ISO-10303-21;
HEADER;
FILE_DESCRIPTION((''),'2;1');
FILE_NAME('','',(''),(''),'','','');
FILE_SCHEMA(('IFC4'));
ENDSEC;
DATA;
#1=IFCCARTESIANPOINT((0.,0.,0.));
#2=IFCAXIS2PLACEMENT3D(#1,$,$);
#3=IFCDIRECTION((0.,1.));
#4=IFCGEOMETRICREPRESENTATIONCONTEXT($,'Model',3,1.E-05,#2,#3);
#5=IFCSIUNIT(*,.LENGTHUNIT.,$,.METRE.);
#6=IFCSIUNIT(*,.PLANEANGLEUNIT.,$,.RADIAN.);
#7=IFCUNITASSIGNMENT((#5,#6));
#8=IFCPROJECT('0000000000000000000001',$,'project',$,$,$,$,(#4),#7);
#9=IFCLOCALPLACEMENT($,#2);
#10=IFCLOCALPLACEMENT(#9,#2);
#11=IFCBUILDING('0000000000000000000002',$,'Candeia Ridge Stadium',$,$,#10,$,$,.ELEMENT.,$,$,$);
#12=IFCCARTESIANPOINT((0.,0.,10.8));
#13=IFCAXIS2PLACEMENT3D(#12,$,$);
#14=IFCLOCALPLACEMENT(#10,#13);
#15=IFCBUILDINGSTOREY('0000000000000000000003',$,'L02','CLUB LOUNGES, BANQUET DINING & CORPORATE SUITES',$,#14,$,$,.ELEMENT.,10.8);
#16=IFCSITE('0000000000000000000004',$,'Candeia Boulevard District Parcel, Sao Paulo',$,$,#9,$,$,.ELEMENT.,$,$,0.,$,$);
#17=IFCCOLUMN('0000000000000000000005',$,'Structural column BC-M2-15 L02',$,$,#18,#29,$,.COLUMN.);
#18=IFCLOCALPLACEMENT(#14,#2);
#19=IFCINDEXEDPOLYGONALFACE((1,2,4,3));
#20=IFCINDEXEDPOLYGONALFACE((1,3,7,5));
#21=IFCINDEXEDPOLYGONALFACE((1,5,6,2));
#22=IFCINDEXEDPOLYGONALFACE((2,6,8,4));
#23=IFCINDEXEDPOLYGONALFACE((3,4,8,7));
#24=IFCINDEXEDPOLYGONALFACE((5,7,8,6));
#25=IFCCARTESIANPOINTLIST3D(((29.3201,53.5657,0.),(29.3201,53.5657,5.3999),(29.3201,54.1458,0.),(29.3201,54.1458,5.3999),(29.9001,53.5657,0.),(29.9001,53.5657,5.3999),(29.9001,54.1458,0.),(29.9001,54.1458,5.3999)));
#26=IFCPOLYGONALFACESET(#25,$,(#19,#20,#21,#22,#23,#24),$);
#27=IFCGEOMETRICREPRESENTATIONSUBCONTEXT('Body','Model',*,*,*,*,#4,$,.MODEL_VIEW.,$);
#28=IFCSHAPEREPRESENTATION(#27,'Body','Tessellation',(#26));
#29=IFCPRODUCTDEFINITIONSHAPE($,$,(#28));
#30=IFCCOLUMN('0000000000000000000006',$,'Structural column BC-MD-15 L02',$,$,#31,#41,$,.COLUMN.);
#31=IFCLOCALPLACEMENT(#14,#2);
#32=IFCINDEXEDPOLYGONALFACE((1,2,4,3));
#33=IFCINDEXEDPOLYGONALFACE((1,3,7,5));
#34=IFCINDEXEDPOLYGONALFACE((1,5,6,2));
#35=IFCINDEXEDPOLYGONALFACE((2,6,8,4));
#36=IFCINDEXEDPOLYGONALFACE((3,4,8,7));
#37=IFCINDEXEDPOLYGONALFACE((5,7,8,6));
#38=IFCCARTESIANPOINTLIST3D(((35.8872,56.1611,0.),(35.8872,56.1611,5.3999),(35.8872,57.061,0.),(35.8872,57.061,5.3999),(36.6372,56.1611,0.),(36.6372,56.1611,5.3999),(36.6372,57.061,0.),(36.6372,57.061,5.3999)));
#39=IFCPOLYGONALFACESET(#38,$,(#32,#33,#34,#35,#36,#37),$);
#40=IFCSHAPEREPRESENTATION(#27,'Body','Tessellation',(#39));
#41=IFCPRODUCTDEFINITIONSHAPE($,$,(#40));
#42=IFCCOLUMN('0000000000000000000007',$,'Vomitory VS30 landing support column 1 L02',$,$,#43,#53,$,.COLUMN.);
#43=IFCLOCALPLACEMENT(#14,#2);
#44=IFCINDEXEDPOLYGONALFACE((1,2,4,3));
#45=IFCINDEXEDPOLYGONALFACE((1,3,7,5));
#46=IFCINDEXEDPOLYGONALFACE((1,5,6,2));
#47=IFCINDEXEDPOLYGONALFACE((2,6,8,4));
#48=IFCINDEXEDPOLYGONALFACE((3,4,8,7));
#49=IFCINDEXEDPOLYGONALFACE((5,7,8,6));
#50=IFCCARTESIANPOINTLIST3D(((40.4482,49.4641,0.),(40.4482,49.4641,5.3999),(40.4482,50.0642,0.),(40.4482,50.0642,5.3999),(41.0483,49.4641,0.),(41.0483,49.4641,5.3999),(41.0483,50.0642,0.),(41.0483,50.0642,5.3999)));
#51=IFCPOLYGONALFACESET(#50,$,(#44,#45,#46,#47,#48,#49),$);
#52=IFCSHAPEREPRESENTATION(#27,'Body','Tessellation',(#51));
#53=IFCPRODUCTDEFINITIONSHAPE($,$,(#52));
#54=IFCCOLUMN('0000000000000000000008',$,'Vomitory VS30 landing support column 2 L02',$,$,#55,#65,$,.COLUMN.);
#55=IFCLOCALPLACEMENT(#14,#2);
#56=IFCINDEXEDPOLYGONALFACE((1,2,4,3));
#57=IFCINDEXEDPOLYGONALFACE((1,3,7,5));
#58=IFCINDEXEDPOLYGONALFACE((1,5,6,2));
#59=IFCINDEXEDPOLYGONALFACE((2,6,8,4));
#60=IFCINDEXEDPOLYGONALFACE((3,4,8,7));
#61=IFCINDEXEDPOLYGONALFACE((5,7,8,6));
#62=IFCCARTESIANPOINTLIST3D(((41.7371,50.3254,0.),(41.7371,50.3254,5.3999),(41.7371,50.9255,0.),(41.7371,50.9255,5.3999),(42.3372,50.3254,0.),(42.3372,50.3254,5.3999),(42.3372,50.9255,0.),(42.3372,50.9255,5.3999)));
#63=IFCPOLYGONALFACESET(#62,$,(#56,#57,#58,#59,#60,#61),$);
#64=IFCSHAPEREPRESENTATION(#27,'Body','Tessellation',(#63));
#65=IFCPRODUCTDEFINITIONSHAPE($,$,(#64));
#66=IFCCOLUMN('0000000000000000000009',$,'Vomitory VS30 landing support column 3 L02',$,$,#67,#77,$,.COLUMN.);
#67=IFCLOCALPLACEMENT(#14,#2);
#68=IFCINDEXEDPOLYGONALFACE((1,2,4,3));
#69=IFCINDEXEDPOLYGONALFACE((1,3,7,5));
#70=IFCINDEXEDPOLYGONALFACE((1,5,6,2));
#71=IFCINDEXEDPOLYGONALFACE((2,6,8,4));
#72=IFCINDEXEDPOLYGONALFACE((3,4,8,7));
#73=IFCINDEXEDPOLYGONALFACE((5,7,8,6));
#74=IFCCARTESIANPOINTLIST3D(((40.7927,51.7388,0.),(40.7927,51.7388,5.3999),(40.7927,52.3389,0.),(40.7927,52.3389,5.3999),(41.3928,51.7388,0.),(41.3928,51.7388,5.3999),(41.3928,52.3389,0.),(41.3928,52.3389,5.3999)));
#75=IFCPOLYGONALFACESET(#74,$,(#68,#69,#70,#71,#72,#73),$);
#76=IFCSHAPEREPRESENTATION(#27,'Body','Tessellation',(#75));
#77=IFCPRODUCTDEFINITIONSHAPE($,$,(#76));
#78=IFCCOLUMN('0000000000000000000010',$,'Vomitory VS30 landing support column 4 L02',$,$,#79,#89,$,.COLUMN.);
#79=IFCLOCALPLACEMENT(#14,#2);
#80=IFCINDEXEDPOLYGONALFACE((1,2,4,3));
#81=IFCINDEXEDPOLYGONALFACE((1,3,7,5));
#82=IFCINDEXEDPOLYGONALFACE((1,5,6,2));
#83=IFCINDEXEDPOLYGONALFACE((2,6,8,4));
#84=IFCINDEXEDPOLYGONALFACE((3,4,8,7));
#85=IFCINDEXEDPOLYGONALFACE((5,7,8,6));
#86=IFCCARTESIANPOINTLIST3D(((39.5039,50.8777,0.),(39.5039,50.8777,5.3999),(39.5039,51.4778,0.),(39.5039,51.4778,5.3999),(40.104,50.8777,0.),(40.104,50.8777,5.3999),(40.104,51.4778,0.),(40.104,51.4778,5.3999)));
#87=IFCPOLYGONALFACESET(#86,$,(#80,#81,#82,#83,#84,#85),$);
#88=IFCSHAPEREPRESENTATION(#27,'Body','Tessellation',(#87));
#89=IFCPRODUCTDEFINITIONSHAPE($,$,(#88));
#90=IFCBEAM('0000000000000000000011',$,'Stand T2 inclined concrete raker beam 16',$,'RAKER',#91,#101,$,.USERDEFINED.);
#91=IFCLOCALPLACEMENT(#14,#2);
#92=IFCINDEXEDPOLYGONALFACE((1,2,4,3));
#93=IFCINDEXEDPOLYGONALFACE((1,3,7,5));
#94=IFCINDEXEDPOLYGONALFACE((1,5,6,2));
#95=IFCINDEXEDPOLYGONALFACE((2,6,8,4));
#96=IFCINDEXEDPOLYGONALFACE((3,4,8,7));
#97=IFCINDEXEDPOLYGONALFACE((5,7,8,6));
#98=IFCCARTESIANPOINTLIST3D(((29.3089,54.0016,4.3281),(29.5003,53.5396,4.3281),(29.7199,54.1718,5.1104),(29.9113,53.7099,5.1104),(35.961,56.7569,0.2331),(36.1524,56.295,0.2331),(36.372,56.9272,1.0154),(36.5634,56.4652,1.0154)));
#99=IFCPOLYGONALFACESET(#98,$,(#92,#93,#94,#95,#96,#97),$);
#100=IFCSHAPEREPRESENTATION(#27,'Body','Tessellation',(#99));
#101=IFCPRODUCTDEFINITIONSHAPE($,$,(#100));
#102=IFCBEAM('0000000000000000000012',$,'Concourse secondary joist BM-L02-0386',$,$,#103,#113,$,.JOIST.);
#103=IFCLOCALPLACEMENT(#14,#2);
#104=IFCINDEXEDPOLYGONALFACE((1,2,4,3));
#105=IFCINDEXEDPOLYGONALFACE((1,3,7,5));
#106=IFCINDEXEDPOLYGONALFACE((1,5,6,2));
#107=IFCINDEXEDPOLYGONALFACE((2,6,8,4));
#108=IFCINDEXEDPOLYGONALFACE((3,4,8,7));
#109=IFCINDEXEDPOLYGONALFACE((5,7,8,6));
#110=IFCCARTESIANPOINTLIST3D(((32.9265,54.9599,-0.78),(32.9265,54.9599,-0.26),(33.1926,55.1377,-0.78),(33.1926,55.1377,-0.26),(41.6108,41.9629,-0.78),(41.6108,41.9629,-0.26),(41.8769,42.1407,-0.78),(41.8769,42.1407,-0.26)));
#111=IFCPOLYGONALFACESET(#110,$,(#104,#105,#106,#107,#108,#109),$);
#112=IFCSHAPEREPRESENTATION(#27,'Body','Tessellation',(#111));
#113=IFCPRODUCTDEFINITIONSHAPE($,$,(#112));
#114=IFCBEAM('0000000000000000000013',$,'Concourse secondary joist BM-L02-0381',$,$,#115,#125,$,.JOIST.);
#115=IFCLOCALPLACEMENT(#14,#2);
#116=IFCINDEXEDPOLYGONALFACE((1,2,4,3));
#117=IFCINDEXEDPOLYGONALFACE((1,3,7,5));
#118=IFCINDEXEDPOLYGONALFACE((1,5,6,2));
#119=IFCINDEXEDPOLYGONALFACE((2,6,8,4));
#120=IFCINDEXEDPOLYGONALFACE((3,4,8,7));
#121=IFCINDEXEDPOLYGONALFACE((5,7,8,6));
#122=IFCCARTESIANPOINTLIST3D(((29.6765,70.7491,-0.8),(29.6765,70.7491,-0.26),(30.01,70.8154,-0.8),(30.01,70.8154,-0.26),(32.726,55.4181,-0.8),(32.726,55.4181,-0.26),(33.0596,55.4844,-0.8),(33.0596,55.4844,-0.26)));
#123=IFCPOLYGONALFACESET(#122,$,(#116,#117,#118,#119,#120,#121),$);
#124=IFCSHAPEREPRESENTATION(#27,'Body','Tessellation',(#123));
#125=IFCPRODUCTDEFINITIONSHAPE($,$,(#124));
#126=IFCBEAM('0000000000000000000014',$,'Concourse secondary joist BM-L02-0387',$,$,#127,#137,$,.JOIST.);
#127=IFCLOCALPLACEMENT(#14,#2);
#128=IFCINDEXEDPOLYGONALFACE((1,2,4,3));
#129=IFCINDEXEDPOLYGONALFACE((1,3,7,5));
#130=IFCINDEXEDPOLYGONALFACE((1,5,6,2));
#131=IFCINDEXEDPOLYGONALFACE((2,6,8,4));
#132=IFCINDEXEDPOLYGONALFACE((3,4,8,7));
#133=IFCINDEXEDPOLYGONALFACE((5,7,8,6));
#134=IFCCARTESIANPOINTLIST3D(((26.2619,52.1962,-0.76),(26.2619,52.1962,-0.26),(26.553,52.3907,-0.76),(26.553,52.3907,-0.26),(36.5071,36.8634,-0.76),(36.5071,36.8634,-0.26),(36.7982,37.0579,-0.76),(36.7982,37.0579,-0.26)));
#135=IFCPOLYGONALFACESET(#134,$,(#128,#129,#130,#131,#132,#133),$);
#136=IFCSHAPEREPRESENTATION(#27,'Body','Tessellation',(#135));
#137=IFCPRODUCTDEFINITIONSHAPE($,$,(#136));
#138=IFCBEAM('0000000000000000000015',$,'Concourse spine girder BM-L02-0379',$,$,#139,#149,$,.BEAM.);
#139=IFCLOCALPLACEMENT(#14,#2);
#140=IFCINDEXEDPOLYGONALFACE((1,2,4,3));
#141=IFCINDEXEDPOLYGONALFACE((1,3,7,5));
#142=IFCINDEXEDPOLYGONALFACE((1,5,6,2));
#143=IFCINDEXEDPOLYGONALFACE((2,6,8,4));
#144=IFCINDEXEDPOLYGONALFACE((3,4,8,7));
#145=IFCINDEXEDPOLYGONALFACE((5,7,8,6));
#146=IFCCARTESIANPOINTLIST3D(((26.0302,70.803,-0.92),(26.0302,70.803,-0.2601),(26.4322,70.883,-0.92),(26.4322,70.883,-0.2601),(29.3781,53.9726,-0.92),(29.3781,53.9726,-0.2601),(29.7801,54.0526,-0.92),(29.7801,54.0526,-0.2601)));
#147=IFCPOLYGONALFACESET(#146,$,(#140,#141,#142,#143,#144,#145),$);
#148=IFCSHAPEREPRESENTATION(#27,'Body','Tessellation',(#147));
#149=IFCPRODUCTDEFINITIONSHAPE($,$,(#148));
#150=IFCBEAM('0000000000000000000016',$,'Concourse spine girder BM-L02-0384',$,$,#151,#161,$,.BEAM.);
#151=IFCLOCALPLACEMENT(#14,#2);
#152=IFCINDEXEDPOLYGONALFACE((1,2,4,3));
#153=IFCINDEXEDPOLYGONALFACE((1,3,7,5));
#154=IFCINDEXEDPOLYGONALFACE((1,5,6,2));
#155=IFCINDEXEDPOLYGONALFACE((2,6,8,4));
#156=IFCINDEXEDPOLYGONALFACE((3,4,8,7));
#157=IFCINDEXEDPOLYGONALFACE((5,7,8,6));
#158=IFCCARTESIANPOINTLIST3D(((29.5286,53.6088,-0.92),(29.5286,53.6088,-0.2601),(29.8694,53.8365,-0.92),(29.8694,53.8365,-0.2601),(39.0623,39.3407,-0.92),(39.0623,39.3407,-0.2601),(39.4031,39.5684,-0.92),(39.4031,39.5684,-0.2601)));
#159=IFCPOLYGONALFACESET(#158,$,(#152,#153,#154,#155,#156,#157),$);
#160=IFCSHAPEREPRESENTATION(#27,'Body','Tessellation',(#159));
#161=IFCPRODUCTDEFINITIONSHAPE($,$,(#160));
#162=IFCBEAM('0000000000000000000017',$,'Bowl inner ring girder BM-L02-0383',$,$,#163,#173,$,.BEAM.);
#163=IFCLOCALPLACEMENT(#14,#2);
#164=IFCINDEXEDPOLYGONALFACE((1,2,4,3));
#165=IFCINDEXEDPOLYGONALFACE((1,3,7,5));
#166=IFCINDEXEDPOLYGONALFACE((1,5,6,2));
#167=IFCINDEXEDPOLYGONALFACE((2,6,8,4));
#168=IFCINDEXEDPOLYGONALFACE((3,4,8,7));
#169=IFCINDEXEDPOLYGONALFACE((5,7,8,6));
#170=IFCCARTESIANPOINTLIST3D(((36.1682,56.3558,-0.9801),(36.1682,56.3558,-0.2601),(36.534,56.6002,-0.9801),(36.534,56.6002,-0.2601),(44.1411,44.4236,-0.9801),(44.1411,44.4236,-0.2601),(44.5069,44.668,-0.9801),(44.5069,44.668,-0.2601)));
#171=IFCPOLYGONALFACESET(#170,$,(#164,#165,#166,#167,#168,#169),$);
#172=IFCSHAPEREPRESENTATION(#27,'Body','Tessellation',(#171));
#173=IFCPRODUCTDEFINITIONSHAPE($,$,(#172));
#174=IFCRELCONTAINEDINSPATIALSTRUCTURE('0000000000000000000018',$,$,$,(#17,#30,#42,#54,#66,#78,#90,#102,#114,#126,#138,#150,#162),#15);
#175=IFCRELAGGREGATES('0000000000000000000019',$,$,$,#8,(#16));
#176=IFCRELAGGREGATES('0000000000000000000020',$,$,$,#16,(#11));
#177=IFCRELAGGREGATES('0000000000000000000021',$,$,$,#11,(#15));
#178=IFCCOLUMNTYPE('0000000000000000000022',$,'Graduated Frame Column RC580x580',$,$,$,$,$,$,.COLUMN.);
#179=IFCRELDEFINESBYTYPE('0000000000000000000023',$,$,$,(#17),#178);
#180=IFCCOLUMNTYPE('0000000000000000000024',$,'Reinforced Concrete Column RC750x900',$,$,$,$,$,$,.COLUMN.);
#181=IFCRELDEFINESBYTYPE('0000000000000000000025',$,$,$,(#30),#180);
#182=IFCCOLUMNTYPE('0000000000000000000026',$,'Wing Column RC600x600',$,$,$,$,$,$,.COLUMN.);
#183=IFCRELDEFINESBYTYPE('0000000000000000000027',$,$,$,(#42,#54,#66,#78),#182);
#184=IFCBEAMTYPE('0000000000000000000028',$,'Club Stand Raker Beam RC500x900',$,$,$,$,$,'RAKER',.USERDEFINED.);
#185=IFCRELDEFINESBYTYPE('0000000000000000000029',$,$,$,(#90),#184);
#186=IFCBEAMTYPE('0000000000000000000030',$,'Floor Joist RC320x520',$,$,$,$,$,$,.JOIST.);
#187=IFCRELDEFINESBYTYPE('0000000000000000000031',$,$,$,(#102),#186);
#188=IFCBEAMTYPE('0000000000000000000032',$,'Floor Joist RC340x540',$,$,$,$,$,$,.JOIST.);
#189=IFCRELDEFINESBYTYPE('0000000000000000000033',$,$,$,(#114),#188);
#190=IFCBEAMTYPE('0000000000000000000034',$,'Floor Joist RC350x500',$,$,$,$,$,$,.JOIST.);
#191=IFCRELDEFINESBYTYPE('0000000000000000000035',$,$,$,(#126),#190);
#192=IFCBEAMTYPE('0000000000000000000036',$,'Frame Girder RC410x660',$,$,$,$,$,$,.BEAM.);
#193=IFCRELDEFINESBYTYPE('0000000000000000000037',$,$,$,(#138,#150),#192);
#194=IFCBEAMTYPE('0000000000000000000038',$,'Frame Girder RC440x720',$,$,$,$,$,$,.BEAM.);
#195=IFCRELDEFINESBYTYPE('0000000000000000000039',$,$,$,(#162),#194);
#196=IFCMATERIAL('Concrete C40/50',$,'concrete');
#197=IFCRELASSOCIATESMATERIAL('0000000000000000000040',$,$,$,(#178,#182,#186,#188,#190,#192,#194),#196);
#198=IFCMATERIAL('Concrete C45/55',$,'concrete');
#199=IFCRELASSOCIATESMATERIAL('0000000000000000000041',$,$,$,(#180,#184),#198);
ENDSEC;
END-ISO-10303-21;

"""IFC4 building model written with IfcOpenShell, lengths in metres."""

from ifc_helpers import new_model, si_unit, direction, frame, origin, origin_2d, place, context, subcontext, project, spatial, rectangle, extrude, material, material_profile, profile_set, type_object, element, save


model = new_model("IFC4")

# Units and contexts
model_context = context("Model", 3, precision=1e-05, world=origin(), true_north=direction((0.0, 1.0)))
body_context = subcontext(model_context, "Body", "Model", "MODEL_VIEW")
ifc_project = project(units=[si_unit("LENGTHUNIT", "METRE"), si_unit("PLANEANGLEUNIT", "RADIAN")], contexts=[model_context])

# Site, building, storey
site_placement = place(None, origin())
site = spatial("IfcSite", under=ifc_project, at=site_placement, Name="Candeia Boulevard District Parcel, Sao Paulo", CompositionType="ELEMENT", RefElevation=0.0)
building_placement = place(site_placement, origin())
building = spatial("IfcBuilding", under=site, at=building_placement, Name="Candeia Ridge Stadium", CompositionType="ELEMENT")
storey_placement = place(building_placement, frame((0.0, 0.0, 10.8)))
storey = spatial("IfcBuildingStorey", under=building, at=storey_placement, Name="L02", Description="CLUB LOUNGES, BANQUET DINING & CORPORATE SUITES", CompositionType="ELEMENT", Elevation=10.8)

# Columns
ifc_material_1 = material(Name="Concrete C40/50", Category="concrete")
ifc_material_profile_1 = material_profile(ifc_material_1, rectangle(XDim=0.5801, YDim=0.5801, at=origin_2d()), Name="RC580x580", Category="concrete")
ifc_profile_set_1 = profile_set([ifc_material_profile_1], Name="Concrete C40/50")
column_type_1 = type_object("IfcColumnType", Name="Graduated Frame Column RC580x580", PredefinedType="COLUMN", material=ifc_profile_set_1)
column_1_placement = place(storey_placement, frame((29.6101, 53.8557, 0.0), z_axis=(0.0, 0.0, 1.0), x_axis=(1.0, 0.0, 0.0)))
element("IfcColumn", 1, at=column_1_placement, inside=storey, type_object=column_type_1, Name="Structural column BC-M2-15 L02", PredefinedType="COLUMN", context=body_context, shape_type="SweptSolid", body=[
    extrude(rectangle(XDim=0.5801, YDim=0.5801, at=origin_2d()), origin(), (0.0, 0.0, 1.0), 5.3999),
])
ifc_material_2 = material(Name="Concrete C45/55", Category="concrete")
ifc_material_profile_2 = material_profile(ifc_material_2, rectangle(XDim=0.75, YDim=0.8999, at=origin_2d()), Name="RC750x900", Category="concrete")
ifc_profile_set_2 = profile_set([ifc_material_profile_2], Name="Concrete C45/55")
column_type_2 = type_object("IfcColumnType", Name="Reinforced Concrete Column RC750x900", PredefinedType="COLUMN", material=ifc_profile_set_2)
column_2_placement = place(storey_placement, frame((36.2622, 56.6111, 0.0), z_axis=(0.0, 0.0, 1.0), x_axis=(1.0, 0.0, 0.0)))
element("IfcColumn", 2, at=column_2_placement, inside=storey, type_object=column_type_2, Name="Structural column BC-MD-15 L02", PredefinedType="COLUMN", context=body_context, shape_type="SweptSolid", body=[
    extrude(rectangle(XDim=0.75, YDim=0.8999, at=origin_2d()), origin(), (0.0, 0.0, 1.0), 5.3999),
])
ifc_material_profile_3 = material_profile(ifc_material_1, rectangle(XDim=0.6001, YDim=0.6001, at=origin_2d()), Name="RC600x600", Category="concrete")
ifc_profile_set_3 = profile_set([ifc_material_profile_3], Name="Concrete C40/50")
column_type_3 = type_object("IfcColumnType", Name="Wing Column RC600x600", PredefinedType="COLUMN", material=ifc_profile_set_3)
for number, where, z_axis, x_axis, name in (
    (3, (40.7483, 49.7642, 0.0), (0.0, 0.0, 1.0), (1.0, 0.0, 0.0), "Vomitory VS30 landing support column 1 L02"),
    (4, (42.0371, 50.6255, 0.0), (0.0, 0.0, 1.0), (1.0, 0.0, 0.0), "Vomitory VS30 landing support column 2 L02"),
    (5, (41.0928, 52.0388, 0.0), (0.0, 0.0, 1.0), (1.0, 0.0, 0.0), "Vomitory VS30 landing support column 3 L02"),
    (6, (39.804, 51.1777, 0.0), (0.0, 0.0, 1.0), (1.0, 0.0, 0.0), "Vomitory VS30 landing support column 4 L02"),
):
    element("IfcColumn", number, at=place(storey_placement, frame(where, z_axis=z_axis, x_axis=x_axis)), inside=storey, type_object=column_type_3, Name=name, PredefinedType="COLUMN", context=body_context, shape_type="SweptSolid", body=[
        extrude(rectangle(XDim=0.6001, YDim=0.6001, at=origin_2d()), origin(), (0.0, 0.0, 1.0), 5.3999),
    ])

# Beams
ifc_material_profile_4 = material_profile(ifc_material_2, rectangle(XDim=0.5, YDim=0.8999, at=origin_2d()), Name="RC500x900", Category="concrete")
ifc_profile_set_4 = profile_set([ifc_material_profile_4], Name="Concrete C45/55")
beam_type_1 = type_object("IfcBeamType", Name="Club Stand Raker Beam RC500x900", ElementType="RAKER", PredefinedType="USERDEFINED", material=ifc_profile_set_4)
beam_1_placement = place(storey_placement, frame((36.2622, 56.6111, 0.6243), z_axis=(-0.803084, -0.332646, 0.494371), x_axis=(0.382681, -0.92388, 0.0)))
element("IfcBeam", 7, at=beam_1_placement, inside=storey, type_object=beam_type_1, Name="Stand T2 inclined concrete raker beam 16", ObjectType="RAKER", PredefinedType="USERDEFINED", context=body_context, shape_type="SweptSolid", body=[
    extrude(rectangle(XDim=0.5, YDim=0.8999, at=origin_2d()), origin(), (0.0, 0.0, 1.0), 8.2832),
])
ifc_material_profile_5 = material_profile(ifc_material_1, rectangle(XDim=0.3201, YDim=0.52, at=origin_2d()), Name="RC320x520", Category="concrete")
ifc_profile_set_5 = profile_set([ifc_material_profile_5], Name="Concrete C40/50")
beam_type_2 = type_object("IfcBeamType", Name="Floor Joist RC320x520", PredefinedType="JOIST", material=ifc_profile_set_5)
beam_2_placement = place(storey_placement, frame((33.0596, 55.0488, -0.52), z_axis=(0.555569, -0.831471, 0.0), x_axis=(0.831471, 0.555569, 0.0)))
element("IfcBeam", 8, at=beam_2_placement, inside=storey, type_object=beam_type_2, Name="Concourse secondary joist BM-L02-0386", PredefinedType="JOIST", context=body_context, shape_type="SweptSolid", body=[
    extrude(rectangle(XDim=0.3201, YDim=0.52, at=origin_2d()), origin(), (0.0, 0.0, 1.0), 15.6313),
])
ifc_material_profile_6 = material_profile(ifc_material_1, rectangle(XDim=0.3401, YDim=0.54, at=origin_2d()), Name="RC340x540", Category="concrete")
ifc_profile_set_6 = profile_set([ifc_material_profile_6], Name="Concrete C40/50")
beam_type_3 = type_object("IfcBeamType", Name="Floor Joist RC340x540", PredefinedType="JOIST", material=ifc_profile_set_6)
beam_3_placement = place(storey_placement, frame((29.8433, 70.7822, -0.53), z_axis=(0.195092, -0.980785, 0.0), x_axis=(0.980785, 0.195092, 0.0)))
element("IfcBeam", 9, at=beam_3_placement, inside=storey, type_object=beam_type_3, Name="Concourse secondary joist BM-L02-0381", PredefinedType="JOIST", context=body_context, shape_type="SweptSolid", body=[
    extrude(rectangle(XDim=0.3401, YDim=0.54, at=origin_2d()), origin(), (0.0, 0.0, 1.0), 15.6313),
])
ifc_material_profile_7 = material_profile(ifc_material_1, rectangle(XDim=0.3501, YDim=0.5, at=origin_2d()), Name="RC350x500", Category="concrete")
ifc_profile_set_7 = profile_set([ifc_material_profile_7], Name="Concrete C40/50")
beam_type_4 = type_object("IfcBeamType", Name="Floor Joist RC350x500", PredefinedType="JOIST", material=ifc_profile_set_7)
beam_4_placement = place(storey_placement, frame((26.4075, 52.2935, -0.51), z_axis=(0.555574, -0.831467, 0.0), x_axis=(0.831467, 0.555574, 0.0)))
element("IfcBeam", 10, at=beam_4_placement, inside=storey, type_object=beam_type_4, Name="Concourse secondary joist BM-L02-0387", PredefinedType="JOIST", context=body_context, shape_type="SweptSolid", body=[
    extrude(rectangle(XDim=0.3501, YDim=0.5, at=origin_2d()), origin(), (0.0, 0.0, 1.0), 18.4407),
])
ifc_material_profile_8 = material_profile(ifc_material_1, rectangle(XDim=0.4099, YDim=0.6599, at=origin_2d()), Name="RC410x660", Category="concrete")
ifc_profile_set_8 = profile_set([ifc_material_profile_8], Name="Concrete C40/50")
beam_type_5 = type_object("IfcBeamType", Name="Frame Girder RC410x660", PredefinedType="BEAM", material=ifc_profile_set_8)
for number, where, z_axis, x_axis, name in (
    (11, (26.2312, 70.843, -0.5901), (0.195098, -0.980784, 0.0), (0.980784, 0.195098, 0.0), "Concourse spine girder BM-L02-0379"),
    (12, (29.699, 53.7227, -0.5901), (0.555573, -0.831468, 0.0), (0.831468, 0.555573, 0.0), "Concourse spine girder BM-L02-0384"),
):
    element("IfcBeam", number, at=place(storey_placement, frame(where, z_axis=z_axis, x_axis=x_axis)), inside=storey, type_object=beam_type_5, Name=name, PredefinedType="BEAM", context=body_context, shape_type="SweptSolid", body=[
        extrude(rectangle(XDim=0.4099, YDim=0.6599, at=origin_2d()), origin(), (0.0, 0.0, 1.0), 17.1602),
    ])
ifc_material_profile_9 = material_profile(ifc_material_1, rectangle(XDim=0.4399, YDim=0.72, at=origin_2d()), Name="RC440x720", Category="concrete")
ifc_profile_set_9 = profile_set([ifc_material_profile_9], Name="Concrete C40/50")
beam_type_6 = type_object("IfcBeamType", Name="Frame Girder RC440x720", PredefinedType="BEAM", material=ifc_profile_set_9)
beam_5_placement = place(storey_placement, frame((36.3511, 56.478, -0.6201), z_axis=(0.555575, -0.831466, 0.0), x_axis=(0.831466, 0.555575, 0.0)))
element("IfcBeam", 13, at=beam_5_placement, inside=storey, type_object=beam_type_6, Name="Bowl inner ring girder BM-L02-0383", PredefinedType="BEAM", context=body_context, shape_type="SweptSolid", body=[
    extrude(rectangle(XDim=0.4399, YDim=0.72, at=origin_2d()), origin(), (0.0, 0.0, 1.0), 14.3508),
])

save(model, "model.ifc")
